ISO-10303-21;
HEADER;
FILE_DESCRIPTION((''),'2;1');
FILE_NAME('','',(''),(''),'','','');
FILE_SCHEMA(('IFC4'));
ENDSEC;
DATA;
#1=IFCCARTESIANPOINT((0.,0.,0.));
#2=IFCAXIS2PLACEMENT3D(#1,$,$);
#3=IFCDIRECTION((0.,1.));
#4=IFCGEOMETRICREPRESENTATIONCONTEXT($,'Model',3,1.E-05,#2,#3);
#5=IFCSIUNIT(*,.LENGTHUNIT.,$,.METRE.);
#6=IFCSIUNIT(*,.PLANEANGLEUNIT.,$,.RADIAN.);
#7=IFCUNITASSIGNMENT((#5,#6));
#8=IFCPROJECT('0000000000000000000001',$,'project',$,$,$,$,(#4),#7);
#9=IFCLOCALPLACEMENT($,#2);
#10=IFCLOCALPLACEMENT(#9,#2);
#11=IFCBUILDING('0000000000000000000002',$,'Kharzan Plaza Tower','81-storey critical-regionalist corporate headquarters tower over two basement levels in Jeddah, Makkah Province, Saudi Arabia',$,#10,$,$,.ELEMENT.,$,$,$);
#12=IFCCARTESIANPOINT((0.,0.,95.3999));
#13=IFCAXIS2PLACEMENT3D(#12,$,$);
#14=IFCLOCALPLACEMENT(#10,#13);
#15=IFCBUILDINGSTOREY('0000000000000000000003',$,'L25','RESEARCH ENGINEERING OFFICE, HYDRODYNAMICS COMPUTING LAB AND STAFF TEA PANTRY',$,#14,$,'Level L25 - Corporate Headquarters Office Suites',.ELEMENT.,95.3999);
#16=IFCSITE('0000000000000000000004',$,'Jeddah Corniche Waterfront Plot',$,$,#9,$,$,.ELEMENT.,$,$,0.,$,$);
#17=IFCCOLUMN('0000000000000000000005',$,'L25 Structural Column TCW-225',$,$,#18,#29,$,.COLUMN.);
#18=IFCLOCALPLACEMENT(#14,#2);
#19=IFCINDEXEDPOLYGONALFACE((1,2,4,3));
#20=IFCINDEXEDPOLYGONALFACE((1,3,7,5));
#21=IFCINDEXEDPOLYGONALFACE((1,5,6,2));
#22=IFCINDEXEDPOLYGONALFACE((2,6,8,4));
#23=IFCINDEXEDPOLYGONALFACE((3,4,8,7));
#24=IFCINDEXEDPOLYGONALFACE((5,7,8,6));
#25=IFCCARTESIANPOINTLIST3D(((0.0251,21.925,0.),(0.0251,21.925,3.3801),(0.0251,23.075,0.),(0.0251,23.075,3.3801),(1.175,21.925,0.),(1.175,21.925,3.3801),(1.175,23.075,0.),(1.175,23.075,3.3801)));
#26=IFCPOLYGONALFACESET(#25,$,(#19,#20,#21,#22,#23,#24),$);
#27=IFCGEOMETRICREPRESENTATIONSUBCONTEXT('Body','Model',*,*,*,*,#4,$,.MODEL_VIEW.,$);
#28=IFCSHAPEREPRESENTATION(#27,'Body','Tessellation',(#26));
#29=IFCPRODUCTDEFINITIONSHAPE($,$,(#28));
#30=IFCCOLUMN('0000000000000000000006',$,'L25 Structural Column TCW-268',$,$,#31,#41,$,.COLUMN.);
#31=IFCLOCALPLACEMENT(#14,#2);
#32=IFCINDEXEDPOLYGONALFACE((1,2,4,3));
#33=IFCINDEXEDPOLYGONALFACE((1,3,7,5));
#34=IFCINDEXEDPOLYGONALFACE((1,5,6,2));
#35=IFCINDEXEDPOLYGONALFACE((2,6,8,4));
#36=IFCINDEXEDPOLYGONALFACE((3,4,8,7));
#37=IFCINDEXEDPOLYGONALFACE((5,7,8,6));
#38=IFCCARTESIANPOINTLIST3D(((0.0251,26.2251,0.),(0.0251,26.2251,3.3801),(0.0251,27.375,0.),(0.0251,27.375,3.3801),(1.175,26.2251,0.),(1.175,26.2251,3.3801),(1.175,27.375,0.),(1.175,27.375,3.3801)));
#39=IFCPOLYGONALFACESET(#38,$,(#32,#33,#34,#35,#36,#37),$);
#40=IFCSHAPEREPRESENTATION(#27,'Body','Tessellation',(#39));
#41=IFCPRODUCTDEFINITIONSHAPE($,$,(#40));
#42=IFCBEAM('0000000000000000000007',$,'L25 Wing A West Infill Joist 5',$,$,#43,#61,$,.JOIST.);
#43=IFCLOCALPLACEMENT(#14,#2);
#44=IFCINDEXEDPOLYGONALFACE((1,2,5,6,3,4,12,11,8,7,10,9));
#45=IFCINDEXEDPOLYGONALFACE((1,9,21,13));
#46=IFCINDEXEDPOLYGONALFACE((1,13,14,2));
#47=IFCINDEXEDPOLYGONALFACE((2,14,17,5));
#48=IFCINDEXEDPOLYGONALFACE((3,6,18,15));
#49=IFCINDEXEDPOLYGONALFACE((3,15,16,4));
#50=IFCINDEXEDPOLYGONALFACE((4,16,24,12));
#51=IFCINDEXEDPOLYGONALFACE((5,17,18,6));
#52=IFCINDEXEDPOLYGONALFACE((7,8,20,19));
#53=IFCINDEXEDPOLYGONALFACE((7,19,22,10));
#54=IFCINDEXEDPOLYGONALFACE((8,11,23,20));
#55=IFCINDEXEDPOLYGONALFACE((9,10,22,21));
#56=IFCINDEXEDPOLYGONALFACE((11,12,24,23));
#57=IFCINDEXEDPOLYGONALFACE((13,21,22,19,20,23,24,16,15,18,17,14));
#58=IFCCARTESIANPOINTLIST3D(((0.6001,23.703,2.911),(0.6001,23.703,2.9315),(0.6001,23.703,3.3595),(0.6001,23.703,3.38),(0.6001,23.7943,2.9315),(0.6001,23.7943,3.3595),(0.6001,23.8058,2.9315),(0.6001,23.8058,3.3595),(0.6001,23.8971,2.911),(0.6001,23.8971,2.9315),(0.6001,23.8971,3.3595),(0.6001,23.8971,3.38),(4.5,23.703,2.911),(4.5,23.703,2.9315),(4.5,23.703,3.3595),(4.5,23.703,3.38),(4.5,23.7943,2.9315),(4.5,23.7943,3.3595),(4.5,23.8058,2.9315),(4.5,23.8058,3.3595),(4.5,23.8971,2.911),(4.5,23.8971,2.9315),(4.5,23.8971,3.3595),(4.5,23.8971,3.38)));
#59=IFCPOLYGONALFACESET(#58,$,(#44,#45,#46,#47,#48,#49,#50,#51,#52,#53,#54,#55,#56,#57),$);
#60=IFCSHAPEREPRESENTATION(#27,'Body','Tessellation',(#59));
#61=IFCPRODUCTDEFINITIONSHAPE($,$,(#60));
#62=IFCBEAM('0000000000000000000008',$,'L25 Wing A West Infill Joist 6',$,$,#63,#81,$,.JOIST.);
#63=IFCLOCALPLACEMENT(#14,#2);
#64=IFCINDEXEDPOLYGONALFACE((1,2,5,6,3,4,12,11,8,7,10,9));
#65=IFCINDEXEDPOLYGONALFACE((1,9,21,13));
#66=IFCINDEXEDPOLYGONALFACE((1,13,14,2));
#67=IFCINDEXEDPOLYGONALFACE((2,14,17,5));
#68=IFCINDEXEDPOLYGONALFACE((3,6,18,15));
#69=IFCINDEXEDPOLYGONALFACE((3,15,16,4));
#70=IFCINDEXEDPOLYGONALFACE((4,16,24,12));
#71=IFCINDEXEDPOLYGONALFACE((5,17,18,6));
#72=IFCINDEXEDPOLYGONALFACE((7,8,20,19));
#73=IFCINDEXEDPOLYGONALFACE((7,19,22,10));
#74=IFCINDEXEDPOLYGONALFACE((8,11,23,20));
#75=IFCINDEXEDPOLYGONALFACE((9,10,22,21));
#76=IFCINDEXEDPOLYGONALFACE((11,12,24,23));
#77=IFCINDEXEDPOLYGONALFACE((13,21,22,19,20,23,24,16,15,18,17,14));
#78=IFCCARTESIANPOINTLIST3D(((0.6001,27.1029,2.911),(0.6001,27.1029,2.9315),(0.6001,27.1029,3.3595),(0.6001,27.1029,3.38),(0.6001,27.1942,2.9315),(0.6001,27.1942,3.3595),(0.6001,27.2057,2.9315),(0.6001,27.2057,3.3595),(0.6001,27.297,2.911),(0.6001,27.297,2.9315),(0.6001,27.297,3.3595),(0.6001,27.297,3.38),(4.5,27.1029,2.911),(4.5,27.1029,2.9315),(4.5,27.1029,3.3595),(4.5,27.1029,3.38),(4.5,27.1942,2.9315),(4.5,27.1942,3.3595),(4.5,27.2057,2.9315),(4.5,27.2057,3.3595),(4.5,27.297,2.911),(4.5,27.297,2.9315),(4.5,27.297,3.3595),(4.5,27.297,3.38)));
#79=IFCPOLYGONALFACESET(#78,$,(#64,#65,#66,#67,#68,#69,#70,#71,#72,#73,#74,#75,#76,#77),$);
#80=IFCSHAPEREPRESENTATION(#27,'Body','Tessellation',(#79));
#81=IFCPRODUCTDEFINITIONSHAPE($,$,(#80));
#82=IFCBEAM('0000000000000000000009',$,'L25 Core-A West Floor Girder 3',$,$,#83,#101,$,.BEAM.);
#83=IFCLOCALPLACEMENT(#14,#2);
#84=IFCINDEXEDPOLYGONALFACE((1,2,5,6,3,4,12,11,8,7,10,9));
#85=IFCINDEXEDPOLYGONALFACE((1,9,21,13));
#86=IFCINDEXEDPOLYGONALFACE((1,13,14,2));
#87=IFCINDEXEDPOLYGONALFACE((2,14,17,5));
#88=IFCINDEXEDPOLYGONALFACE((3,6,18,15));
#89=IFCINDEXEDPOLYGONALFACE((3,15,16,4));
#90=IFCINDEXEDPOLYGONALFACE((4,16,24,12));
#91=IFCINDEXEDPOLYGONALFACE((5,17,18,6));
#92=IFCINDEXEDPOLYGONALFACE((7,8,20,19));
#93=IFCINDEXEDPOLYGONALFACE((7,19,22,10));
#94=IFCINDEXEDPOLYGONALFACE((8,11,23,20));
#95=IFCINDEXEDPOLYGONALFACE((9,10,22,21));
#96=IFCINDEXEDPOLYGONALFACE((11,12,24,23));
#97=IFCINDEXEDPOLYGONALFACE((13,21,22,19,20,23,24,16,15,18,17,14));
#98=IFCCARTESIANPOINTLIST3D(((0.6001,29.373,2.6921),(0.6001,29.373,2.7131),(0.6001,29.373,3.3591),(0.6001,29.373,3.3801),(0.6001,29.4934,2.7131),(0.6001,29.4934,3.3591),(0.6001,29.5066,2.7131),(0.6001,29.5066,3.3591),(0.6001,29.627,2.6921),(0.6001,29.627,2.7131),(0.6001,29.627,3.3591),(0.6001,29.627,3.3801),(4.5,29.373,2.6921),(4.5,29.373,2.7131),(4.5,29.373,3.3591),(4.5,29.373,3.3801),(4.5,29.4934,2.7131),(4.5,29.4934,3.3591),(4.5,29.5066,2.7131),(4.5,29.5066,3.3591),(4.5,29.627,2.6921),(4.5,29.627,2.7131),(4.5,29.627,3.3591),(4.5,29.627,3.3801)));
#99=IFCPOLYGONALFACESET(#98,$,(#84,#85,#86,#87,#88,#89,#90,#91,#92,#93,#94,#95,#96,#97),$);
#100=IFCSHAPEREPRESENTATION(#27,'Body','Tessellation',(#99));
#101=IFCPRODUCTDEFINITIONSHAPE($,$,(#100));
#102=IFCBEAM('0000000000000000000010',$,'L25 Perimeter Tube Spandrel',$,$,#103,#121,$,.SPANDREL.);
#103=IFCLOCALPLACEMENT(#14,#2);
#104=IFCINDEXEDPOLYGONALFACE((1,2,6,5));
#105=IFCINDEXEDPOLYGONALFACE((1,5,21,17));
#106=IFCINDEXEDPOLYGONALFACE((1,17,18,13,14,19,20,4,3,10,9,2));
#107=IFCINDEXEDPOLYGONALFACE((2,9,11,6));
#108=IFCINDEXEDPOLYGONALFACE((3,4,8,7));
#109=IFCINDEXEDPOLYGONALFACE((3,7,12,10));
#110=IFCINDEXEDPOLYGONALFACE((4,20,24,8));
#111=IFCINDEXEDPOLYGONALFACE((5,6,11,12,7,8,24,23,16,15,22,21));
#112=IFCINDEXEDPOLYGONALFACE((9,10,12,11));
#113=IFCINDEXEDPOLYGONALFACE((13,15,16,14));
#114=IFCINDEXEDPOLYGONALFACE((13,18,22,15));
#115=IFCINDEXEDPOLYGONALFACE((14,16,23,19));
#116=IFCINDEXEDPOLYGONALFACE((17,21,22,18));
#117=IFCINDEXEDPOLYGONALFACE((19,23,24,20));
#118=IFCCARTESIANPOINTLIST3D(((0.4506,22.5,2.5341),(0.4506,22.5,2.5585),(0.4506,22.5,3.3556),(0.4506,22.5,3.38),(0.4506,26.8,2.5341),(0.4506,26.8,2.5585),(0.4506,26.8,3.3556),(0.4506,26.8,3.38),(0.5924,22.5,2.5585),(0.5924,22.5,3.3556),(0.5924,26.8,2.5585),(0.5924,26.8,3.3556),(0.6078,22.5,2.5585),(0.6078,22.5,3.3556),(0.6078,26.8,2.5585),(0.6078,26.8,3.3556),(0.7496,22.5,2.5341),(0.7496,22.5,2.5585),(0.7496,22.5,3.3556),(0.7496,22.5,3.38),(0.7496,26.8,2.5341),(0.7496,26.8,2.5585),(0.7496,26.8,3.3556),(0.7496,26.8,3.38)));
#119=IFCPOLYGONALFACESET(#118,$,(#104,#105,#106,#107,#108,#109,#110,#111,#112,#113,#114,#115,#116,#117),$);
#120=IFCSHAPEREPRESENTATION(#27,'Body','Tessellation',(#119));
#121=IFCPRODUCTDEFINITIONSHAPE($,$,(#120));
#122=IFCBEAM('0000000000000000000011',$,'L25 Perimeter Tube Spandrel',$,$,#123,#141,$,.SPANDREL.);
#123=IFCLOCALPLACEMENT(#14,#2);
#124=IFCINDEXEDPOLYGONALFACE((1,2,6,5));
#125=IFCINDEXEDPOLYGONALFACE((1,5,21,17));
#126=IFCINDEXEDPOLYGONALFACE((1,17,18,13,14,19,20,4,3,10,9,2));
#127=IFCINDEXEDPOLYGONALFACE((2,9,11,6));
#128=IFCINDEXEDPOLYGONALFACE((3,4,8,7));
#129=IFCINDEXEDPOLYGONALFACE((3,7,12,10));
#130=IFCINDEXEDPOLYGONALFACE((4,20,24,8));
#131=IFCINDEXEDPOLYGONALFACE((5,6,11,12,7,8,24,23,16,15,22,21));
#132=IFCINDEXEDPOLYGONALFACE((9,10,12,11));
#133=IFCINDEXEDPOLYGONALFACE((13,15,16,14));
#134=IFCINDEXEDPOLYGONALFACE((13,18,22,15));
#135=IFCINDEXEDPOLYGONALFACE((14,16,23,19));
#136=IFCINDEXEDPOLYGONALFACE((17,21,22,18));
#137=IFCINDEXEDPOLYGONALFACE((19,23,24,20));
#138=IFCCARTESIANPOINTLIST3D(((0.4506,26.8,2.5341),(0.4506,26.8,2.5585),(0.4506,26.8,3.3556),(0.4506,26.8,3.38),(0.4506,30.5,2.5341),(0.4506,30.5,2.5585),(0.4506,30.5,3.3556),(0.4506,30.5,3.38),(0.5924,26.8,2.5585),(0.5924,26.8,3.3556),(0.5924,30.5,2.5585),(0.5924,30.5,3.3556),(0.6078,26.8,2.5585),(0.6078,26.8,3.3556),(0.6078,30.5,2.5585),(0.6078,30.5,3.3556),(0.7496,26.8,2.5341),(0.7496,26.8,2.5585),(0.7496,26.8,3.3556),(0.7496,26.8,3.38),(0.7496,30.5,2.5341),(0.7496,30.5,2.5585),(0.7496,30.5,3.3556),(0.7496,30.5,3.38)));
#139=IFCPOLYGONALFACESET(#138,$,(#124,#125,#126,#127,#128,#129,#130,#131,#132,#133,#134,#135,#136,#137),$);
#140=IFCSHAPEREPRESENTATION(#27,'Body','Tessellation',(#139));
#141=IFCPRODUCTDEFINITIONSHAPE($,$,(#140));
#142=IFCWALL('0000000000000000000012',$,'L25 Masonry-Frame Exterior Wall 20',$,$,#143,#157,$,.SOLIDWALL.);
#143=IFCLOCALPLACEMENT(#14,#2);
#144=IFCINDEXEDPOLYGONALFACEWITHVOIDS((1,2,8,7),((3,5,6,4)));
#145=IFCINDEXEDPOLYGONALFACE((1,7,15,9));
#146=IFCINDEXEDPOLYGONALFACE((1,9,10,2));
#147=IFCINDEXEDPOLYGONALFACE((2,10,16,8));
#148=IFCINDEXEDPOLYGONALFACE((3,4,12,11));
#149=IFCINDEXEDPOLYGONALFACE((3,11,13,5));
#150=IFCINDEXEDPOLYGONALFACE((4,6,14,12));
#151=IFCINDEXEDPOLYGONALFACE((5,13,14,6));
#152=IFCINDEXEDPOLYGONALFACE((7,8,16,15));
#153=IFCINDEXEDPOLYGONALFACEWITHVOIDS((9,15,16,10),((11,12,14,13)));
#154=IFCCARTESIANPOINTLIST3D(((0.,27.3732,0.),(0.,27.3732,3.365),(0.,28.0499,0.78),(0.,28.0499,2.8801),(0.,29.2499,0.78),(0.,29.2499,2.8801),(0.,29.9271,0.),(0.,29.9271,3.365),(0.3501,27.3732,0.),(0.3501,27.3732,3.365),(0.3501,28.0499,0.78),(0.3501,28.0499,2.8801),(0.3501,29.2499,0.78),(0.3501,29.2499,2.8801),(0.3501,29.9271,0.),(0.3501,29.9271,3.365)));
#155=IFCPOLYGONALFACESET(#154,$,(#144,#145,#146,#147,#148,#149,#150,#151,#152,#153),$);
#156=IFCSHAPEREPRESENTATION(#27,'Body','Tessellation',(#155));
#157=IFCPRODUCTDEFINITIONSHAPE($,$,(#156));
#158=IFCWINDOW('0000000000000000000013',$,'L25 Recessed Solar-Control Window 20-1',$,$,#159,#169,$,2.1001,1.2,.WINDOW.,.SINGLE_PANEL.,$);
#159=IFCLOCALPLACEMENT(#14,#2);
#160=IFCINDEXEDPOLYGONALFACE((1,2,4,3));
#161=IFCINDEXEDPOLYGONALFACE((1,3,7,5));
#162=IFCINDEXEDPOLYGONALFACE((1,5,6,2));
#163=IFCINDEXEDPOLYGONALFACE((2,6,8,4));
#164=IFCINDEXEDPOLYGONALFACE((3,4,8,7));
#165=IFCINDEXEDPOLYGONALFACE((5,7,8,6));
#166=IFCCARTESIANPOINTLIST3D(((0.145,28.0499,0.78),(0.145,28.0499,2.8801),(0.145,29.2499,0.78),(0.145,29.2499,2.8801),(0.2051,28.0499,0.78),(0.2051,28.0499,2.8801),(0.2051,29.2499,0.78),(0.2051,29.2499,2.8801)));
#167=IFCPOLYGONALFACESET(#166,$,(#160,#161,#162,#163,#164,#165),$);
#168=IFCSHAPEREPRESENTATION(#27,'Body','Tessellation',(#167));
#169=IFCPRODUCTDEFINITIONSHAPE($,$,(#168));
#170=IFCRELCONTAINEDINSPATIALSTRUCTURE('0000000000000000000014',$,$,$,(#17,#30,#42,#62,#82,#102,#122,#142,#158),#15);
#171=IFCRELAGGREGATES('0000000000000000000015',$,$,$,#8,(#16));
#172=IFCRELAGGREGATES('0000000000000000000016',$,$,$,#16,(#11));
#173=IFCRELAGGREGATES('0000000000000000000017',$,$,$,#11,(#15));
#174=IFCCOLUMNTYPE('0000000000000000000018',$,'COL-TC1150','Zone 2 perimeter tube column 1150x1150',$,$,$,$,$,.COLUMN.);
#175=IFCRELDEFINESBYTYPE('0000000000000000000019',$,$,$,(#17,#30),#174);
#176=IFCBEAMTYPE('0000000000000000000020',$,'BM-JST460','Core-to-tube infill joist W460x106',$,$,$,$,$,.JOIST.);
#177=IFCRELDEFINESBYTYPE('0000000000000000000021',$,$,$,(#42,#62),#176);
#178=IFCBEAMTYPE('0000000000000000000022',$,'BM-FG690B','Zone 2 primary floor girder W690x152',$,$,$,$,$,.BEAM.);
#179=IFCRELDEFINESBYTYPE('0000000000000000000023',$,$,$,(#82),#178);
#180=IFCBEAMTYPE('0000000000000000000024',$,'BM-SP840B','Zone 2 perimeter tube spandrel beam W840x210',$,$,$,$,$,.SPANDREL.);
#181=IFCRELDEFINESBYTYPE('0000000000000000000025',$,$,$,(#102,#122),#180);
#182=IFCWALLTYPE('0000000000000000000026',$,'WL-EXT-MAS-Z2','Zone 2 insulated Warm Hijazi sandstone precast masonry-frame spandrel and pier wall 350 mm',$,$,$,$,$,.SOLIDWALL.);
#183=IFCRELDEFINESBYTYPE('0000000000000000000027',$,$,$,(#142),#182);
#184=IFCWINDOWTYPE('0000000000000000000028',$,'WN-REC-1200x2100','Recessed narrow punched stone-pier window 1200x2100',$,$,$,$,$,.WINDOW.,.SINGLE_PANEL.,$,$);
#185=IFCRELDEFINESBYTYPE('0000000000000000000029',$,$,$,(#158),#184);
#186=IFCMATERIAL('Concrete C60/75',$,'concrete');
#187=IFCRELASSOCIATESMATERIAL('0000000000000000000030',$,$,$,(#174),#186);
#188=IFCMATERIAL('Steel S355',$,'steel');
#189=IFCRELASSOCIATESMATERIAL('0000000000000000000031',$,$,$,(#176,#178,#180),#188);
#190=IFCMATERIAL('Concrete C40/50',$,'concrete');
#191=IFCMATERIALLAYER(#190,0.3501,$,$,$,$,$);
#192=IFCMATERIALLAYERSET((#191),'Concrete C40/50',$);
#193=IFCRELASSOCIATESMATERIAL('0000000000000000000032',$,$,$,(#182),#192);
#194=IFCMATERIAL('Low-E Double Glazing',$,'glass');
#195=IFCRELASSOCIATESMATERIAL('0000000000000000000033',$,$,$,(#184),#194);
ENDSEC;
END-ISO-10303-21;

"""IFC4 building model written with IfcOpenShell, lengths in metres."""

from ifc_helpers import new_model, si_unit, direction, frame, frame_2d, origin, origin_2d, place, context, subcontext, project, spatial, rectangle, i_section, extrude, source, transform, mapped, material, layer, layer_set, material_profile, profile_set, type_object, element, fill, save


model = new_model("IFC4")

# Units and contexts
model_context = context("Model", 3, precision=1e-05, world=origin(), true_north=direction((0.0, 1.0)))
body_context = subcontext(model_context, "Body", "Model", "MODEL_VIEW")
ifc_project = project(units=[si_unit("LENGTHUNIT", "METRE"), si_unit("PLANEANGLEUNIT", "RADIAN")], contexts=[model_context])

# Site, building, storey
site_placement = place(None, origin())
site = spatial("IfcSite", under=ifc_project, at=site_placement, Name="Jeddah Corniche Waterfront Plot", CompositionType="ELEMENT", RefElevation=0.0)
building_placement = place(site_placement, origin())
building = spatial("IfcBuilding", under=site, at=building_placement, Name="Kharzan Plaza Tower", Description="81-storey critical-regionalist corporate headquarters tower over two basement levels in Jeddah, Makkah Province, Saudi Arabia", CompositionType="ELEMENT")
storey_placement = place(building_placement, frame((0.0, 0.0, 95.3999)))
storey = spatial("IfcBuildingStorey", under=building, at=storey_placement, Name="L25", Description="RESEARCH ENGINEERING OFFICE, HYDRODYNAMICS COMPUTING LAB AND STAFF TEA PANTRY", LongName="Level L25 - Corporate Headquarters Office Suites", CompositionType="ELEMENT", Elevation=95.3999)

# Columns
ifc_material_1 = material(Name="Concrete C60/75", Category="concrete")
ifc_material_profile_1 = material_profile(ifc_material_1, rectangle(XDim=1.1499, YDim=1.1499, at=origin_2d()), Name="RC-TC1150x1150")
ifc_profile_set_1 = profile_set([ifc_material_profile_1], Name="Concrete C60/75")
column_type = type_object("IfcColumnType", Name="COL-TC1150", Description="Zone 2 perimeter tube column 1150x1150", PredefinedType="COLUMN", material=ifc_profile_set_1)
shared_shape_1 = source(origin(), body_context, "Body", "SweptSolid", [
    extrude(rectangle(XDim=1.1499, YDim=1.1499, at=origin_2d()), origin(), (0.0, 0.0, 1.0), 3.3801),
])
for number, where, z_axis, x_axis, name in (
    (1, (0.6001, 22.5, 0.0), (0.0, 0.0, 1.0), (1.0, 0.0, 0.0), "L25 Structural Column TCW-225"),
    (2, (0.6001, 26.8, 0.0), (0.0, 0.0, 1.0), (1.0, 0.0, 0.0), "L25 Structural Column TCW-268"),
):
    element("IfcColumn", number, at=place(storey_placement, frame(where, z_axis=z_axis, x_axis=x_axis)), inside=storey, type_object=column_type, Name=name, PredefinedType="COLUMN", context=body_context, shape_type="MappedRepresentation", body=[
        mapped(shared_shape_1, transform((0.0, 0.0, 0.0), x_axis=(1.0, 0.0, 0.0), y_axis=(0.0, 1.0, 0.0), z_axis=(0.0, 0.0, 1.0))),
    ])

# Beams
ifc_material_2 = material(Name="Steel S355", Category="steel")
ifc_material_profile_2 = material_profile(ifc_material_2, i_section(OverallWidth=0.1941, OverallDepth=0.469, WebThickness=0.0115, FlangeThickness=0.0205, at=origin_2d()), Name="W460x106")
ifc_profile_set_2 = profile_set([ifc_material_profile_2], Name="Steel S355")
beam_type_1 = type_object("IfcBeamType", Name="BM-JST460", Description="Core-to-tube infill joist W460x106", PredefinedType="JOIST", material=ifc_profile_set_2)
shared_shape_2 = source(origin(), body_context, "Body", "SweptSolid", [
    extrude(i_section(OverallWidth=0.1941, OverallDepth=0.469, WebThickness=0.0115, FlangeThickness=0.0205, at=origin_2d()), origin(), (0.0, 0.0, 1.0), 3.8999),
])
for number, where, z_axis, x_axis, name in (
    (3, (0.6001, 23.8, 3.1455), (1.0, 0.0, 0.0), (0.0, 1.0, 0.0), "L25 Wing A West Infill Joist 5"),
    (4, (0.6001, 27.2, 3.1455), (1.0, 0.0, 0.0), (0.0, 1.0, 0.0), "L25 Wing A West Infill Joist 6"),
):
    element("IfcBeam", number, at=place(storey_placement, frame(where, z_axis=z_axis, x_axis=x_axis)), inside=storey, type_object=beam_type_1, Name=name, PredefinedType="JOIST", context=body_context, shape_type="MappedRepresentation", body=[
        mapped(shared_shape_2, transform((0.0, 0.0, 0.0), x_axis=(1.0, 0.0, 0.0), y_axis=(0.0, 1.0, 0.0), z_axis=(0.0, 0.0, 1.0))),
    ])
ifc_material_profile_3 = material_profile(ifc_material_2, i_section(OverallWidth=0.2539, OverallDepth=0.688, WebThickness=0.0132, FlangeThickness=0.021, at=origin_2d()), Name="W690x152")
ifc_profile_set_3 = profile_set([ifc_material_profile_3], Name="Steel S355")
beam_type_2 = type_object("IfcBeamType", Name="BM-FG690B", Description="Zone 2 primary floor girder W690x152", PredefinedType="BEAM", material=ifc_profile_set_3)
shared_shape_3 = source(origin(), body_context, "Body", "SweptSolid", [
    extrude(i_section(OverallWidth=0.2539, OverallDepth=0.688, WebThickness=0.0132, FlangeThickness=0.021, at=origin_2d()), origin(), (0.0, 0.0, 1.0), 3.8999),
])
beam_1_placement = place(storey_placement, frame((0.6001, 29.5, 3.0361), z_axis=(1.0, 0.0, 0.0), x_axis=(0.0, 1.0, 0.0)))
element("IfcBeam", 5, at=beam_1_placement, inside=storey, type_object=beam_type_2, Name="L25 Core-A West Floor Girder 3", PredefinedType="BEAM", context=body_context, shape_type="MappedRepresentation", body=[
    mapped(shared_shape_3, transform((0.0, 0.0, 0.0), x_axis=(1.0, 0.0, 0.0), y_axis=(0.0, 1.0, 0.0), z_axis=(0.0, 0.0, 1.0))),
])
ifc_material_profile_4 = material_profile(ifc_material_2, i_section(OverallWidth=0.2991, OverallDepth=0.8459, WebThickness=0.0154, FlangeThickness=0.0244, at=origin_2d()), Name="W840x210")
ifc_profile_set_4 = profile_set([ifc_material_profile_4], Name="Steel S355")
beam_type_3 = type_object("IfcBeamType", Name="BM-SP840B", Description="Zone 2 perimeter tube spandrel beam W840x210", PredefinedType="SPANDREL", material=ifc_profile_set_4)
shared_shape_4 = source(origin(), body_context, "Body", "SweptSolid", [
    extrude(i_section(OverallWidth=0.2991, OverallDepth=0.8459, WebThickness=0.0154, FlangeThickness=0.0244, at=origin_2d()), origin(), (0.0, 0.0, 1.0), 4.3),
])
beam_2_placement = place(storey_placement, frame((0.6001, 22.5, 2.957), z_axis=(0.0, 1.0, 0.0), x_axis=(-1.0, 0.0, 0.0)))
element("IfcBeam", 6, at=beam_2_placement, inside=storey, type_object=beam_type_3, Name="L25 Perimeter Tube Spandrel", PredefinedType="SPANDREL", context=body_context, shape_type="MappedRepresentation", body=[
    mapped(shared_shape_4, transform((0.0, 0.0, 0.0), x_axis=(1.0, 0.0, 0.0), y_axis=(0.0, 1.0, 0.0), z_axis=(0.0, 0.0, 1.0))),
])
shared_shape_5 = source(origin(), body_context, "Body", "SweptSolid", [
    extrude(i_section(OverallWidth=0.2991, OverallDepth=0.8459, WebThickness=0.0154, FlangeThickness=0.0244, at=origin_2d()), origin(), (0.0, 0.0, 1.0), 3.7),
])
beam_3_placement = place(storey_placement, frame((0.6001, 26.8, 2.957), z_axis=(0.0, 1.0, 0.0), x_axis=(-1.0, 0.0, 0.0)))
element("IfcBeam", 7, at=beam_3_placement, inside=storey, type_object=beam_type_3, Name="L25 Perimeter Tube Spandrel", PredefinedType="SPANDREL", context=body_context, shape_type="MappedRepresentation", body=[
    mapped(shared_shape_5, transform((0.0, 0.0, 0.0), x_axis=(1.0, 0.0, 0.0), y_axis=(0.0, 1.0, 0.0), z_axis=(0.0, 0.0, 1.0))),
])

# Wall, opening, window
ifc_material_3 = material(Name="Concrete C40/50", Category="concrete")
ifc_layer_1 = layer(ifc_material_3, 0.3501)
ifc_layer_set_1 = layer_set([ifc_layer_1], Name="Concrete C40/50")
wall_type_1 = type_object("IfcWallType", Name="WL-EXT-MAS-Z2", Description="Zone 2 insulated Warm Hijazi sandstone precast masonry-frame spandrel and pier wall 350 mm", PredefinedType="SOLIDWALL", material=ifc_layer_set_1)
wall_1_placement = place(storey_placement, frame((0.175, 29.927, 0.0), z_axis=(0.0, 0.0, 1.0), x_axis=(0.0, -1.0, 0.0)))
wall_1 = element("IfcWall", 8, at=wall_1_placement, inside=storey, type_object=wall_type_1, Name="L25 Masonry-Frame Exterior Wall 20", PredefinedType="SOLIDWALL", context=body_context, shape_type="SweptSolid", body=[
    extrude(rectangle(XDim=2.554, YDim=0.3501, at=frame_2d((1.2769, 0.0))), origin(), (0.0, 0.0, 1.0), 3.365),
])
opening_1_placement = place(wall_1_placement, frame((0.677, 0.0, 0.78)))
opening_1 = element("IfcOpeningElement", 9, at=opening_1_placement, cuts=wall_1, PredefinedType="OPENING", context=body_context, shape_type="SweptSolid", body=[
    extrude(rectangle(XDim=1.2, YDim=2.1001, at=frame_2d((0.6001, 1.05))), frame((0.0, 0.1851, 0.0), z_axis=(0.0, -1.0, 0.0), x_axis=(1.0, 0.0, 0.0)), (0.0, 0.0, 1.0), 0.3701),
])
ifc_material_4 = material(Name="Low-E Double Glazing", Category="glass")
window_type_1 = type_object("IfcWindowType", Name="WN-REC-1200x2100", Description="Recessed narrow punched stone-pier window 1200x2100", PartitioningType="SINGLE_PANEL", PredefinedType="WINDOW", material=ifc_material_4)
shared_shape_6 = source(origin(), body_context, "Body", "SweptSolid", [
    extrude(rectangle(XDim=1.2, YDim=2.1001, at=frame_2d((0.6001, 1.05))), frame((0.0, 0.03, 0.0), z_axis=(0.0, -1.0, 0.0), x_axis=(1.0, 0.0, 0.0)), (0.0, 0.0, 1.0), 0.0601),
])
window_1_placement = place(opening_1_placement, origin())
window_1 = element("IfcWindow", 10, at=window_1_placement, inside=storey, type_object=window_type_1, Name="L25 Recessed Solar-Control Window 20-1", OverallHeight=2.1001, OverallWidth=1.2, PartitioningType="SINGLE_PANEL", PredefinedType="WINDOW", context=body_context, shape_type="MappedRepresentation", body=[
    mapped(shared_shape_6, transform((0.0, 0.0, 0.0), x_axis=(1.0, 0.0, 0.0), y_axis=(0.0, 1.0, 0.0), z_axis=(0.0, 0.0, 1.0))),
])
fill(opening_1, window_1)

save(model, "model.ifc")
